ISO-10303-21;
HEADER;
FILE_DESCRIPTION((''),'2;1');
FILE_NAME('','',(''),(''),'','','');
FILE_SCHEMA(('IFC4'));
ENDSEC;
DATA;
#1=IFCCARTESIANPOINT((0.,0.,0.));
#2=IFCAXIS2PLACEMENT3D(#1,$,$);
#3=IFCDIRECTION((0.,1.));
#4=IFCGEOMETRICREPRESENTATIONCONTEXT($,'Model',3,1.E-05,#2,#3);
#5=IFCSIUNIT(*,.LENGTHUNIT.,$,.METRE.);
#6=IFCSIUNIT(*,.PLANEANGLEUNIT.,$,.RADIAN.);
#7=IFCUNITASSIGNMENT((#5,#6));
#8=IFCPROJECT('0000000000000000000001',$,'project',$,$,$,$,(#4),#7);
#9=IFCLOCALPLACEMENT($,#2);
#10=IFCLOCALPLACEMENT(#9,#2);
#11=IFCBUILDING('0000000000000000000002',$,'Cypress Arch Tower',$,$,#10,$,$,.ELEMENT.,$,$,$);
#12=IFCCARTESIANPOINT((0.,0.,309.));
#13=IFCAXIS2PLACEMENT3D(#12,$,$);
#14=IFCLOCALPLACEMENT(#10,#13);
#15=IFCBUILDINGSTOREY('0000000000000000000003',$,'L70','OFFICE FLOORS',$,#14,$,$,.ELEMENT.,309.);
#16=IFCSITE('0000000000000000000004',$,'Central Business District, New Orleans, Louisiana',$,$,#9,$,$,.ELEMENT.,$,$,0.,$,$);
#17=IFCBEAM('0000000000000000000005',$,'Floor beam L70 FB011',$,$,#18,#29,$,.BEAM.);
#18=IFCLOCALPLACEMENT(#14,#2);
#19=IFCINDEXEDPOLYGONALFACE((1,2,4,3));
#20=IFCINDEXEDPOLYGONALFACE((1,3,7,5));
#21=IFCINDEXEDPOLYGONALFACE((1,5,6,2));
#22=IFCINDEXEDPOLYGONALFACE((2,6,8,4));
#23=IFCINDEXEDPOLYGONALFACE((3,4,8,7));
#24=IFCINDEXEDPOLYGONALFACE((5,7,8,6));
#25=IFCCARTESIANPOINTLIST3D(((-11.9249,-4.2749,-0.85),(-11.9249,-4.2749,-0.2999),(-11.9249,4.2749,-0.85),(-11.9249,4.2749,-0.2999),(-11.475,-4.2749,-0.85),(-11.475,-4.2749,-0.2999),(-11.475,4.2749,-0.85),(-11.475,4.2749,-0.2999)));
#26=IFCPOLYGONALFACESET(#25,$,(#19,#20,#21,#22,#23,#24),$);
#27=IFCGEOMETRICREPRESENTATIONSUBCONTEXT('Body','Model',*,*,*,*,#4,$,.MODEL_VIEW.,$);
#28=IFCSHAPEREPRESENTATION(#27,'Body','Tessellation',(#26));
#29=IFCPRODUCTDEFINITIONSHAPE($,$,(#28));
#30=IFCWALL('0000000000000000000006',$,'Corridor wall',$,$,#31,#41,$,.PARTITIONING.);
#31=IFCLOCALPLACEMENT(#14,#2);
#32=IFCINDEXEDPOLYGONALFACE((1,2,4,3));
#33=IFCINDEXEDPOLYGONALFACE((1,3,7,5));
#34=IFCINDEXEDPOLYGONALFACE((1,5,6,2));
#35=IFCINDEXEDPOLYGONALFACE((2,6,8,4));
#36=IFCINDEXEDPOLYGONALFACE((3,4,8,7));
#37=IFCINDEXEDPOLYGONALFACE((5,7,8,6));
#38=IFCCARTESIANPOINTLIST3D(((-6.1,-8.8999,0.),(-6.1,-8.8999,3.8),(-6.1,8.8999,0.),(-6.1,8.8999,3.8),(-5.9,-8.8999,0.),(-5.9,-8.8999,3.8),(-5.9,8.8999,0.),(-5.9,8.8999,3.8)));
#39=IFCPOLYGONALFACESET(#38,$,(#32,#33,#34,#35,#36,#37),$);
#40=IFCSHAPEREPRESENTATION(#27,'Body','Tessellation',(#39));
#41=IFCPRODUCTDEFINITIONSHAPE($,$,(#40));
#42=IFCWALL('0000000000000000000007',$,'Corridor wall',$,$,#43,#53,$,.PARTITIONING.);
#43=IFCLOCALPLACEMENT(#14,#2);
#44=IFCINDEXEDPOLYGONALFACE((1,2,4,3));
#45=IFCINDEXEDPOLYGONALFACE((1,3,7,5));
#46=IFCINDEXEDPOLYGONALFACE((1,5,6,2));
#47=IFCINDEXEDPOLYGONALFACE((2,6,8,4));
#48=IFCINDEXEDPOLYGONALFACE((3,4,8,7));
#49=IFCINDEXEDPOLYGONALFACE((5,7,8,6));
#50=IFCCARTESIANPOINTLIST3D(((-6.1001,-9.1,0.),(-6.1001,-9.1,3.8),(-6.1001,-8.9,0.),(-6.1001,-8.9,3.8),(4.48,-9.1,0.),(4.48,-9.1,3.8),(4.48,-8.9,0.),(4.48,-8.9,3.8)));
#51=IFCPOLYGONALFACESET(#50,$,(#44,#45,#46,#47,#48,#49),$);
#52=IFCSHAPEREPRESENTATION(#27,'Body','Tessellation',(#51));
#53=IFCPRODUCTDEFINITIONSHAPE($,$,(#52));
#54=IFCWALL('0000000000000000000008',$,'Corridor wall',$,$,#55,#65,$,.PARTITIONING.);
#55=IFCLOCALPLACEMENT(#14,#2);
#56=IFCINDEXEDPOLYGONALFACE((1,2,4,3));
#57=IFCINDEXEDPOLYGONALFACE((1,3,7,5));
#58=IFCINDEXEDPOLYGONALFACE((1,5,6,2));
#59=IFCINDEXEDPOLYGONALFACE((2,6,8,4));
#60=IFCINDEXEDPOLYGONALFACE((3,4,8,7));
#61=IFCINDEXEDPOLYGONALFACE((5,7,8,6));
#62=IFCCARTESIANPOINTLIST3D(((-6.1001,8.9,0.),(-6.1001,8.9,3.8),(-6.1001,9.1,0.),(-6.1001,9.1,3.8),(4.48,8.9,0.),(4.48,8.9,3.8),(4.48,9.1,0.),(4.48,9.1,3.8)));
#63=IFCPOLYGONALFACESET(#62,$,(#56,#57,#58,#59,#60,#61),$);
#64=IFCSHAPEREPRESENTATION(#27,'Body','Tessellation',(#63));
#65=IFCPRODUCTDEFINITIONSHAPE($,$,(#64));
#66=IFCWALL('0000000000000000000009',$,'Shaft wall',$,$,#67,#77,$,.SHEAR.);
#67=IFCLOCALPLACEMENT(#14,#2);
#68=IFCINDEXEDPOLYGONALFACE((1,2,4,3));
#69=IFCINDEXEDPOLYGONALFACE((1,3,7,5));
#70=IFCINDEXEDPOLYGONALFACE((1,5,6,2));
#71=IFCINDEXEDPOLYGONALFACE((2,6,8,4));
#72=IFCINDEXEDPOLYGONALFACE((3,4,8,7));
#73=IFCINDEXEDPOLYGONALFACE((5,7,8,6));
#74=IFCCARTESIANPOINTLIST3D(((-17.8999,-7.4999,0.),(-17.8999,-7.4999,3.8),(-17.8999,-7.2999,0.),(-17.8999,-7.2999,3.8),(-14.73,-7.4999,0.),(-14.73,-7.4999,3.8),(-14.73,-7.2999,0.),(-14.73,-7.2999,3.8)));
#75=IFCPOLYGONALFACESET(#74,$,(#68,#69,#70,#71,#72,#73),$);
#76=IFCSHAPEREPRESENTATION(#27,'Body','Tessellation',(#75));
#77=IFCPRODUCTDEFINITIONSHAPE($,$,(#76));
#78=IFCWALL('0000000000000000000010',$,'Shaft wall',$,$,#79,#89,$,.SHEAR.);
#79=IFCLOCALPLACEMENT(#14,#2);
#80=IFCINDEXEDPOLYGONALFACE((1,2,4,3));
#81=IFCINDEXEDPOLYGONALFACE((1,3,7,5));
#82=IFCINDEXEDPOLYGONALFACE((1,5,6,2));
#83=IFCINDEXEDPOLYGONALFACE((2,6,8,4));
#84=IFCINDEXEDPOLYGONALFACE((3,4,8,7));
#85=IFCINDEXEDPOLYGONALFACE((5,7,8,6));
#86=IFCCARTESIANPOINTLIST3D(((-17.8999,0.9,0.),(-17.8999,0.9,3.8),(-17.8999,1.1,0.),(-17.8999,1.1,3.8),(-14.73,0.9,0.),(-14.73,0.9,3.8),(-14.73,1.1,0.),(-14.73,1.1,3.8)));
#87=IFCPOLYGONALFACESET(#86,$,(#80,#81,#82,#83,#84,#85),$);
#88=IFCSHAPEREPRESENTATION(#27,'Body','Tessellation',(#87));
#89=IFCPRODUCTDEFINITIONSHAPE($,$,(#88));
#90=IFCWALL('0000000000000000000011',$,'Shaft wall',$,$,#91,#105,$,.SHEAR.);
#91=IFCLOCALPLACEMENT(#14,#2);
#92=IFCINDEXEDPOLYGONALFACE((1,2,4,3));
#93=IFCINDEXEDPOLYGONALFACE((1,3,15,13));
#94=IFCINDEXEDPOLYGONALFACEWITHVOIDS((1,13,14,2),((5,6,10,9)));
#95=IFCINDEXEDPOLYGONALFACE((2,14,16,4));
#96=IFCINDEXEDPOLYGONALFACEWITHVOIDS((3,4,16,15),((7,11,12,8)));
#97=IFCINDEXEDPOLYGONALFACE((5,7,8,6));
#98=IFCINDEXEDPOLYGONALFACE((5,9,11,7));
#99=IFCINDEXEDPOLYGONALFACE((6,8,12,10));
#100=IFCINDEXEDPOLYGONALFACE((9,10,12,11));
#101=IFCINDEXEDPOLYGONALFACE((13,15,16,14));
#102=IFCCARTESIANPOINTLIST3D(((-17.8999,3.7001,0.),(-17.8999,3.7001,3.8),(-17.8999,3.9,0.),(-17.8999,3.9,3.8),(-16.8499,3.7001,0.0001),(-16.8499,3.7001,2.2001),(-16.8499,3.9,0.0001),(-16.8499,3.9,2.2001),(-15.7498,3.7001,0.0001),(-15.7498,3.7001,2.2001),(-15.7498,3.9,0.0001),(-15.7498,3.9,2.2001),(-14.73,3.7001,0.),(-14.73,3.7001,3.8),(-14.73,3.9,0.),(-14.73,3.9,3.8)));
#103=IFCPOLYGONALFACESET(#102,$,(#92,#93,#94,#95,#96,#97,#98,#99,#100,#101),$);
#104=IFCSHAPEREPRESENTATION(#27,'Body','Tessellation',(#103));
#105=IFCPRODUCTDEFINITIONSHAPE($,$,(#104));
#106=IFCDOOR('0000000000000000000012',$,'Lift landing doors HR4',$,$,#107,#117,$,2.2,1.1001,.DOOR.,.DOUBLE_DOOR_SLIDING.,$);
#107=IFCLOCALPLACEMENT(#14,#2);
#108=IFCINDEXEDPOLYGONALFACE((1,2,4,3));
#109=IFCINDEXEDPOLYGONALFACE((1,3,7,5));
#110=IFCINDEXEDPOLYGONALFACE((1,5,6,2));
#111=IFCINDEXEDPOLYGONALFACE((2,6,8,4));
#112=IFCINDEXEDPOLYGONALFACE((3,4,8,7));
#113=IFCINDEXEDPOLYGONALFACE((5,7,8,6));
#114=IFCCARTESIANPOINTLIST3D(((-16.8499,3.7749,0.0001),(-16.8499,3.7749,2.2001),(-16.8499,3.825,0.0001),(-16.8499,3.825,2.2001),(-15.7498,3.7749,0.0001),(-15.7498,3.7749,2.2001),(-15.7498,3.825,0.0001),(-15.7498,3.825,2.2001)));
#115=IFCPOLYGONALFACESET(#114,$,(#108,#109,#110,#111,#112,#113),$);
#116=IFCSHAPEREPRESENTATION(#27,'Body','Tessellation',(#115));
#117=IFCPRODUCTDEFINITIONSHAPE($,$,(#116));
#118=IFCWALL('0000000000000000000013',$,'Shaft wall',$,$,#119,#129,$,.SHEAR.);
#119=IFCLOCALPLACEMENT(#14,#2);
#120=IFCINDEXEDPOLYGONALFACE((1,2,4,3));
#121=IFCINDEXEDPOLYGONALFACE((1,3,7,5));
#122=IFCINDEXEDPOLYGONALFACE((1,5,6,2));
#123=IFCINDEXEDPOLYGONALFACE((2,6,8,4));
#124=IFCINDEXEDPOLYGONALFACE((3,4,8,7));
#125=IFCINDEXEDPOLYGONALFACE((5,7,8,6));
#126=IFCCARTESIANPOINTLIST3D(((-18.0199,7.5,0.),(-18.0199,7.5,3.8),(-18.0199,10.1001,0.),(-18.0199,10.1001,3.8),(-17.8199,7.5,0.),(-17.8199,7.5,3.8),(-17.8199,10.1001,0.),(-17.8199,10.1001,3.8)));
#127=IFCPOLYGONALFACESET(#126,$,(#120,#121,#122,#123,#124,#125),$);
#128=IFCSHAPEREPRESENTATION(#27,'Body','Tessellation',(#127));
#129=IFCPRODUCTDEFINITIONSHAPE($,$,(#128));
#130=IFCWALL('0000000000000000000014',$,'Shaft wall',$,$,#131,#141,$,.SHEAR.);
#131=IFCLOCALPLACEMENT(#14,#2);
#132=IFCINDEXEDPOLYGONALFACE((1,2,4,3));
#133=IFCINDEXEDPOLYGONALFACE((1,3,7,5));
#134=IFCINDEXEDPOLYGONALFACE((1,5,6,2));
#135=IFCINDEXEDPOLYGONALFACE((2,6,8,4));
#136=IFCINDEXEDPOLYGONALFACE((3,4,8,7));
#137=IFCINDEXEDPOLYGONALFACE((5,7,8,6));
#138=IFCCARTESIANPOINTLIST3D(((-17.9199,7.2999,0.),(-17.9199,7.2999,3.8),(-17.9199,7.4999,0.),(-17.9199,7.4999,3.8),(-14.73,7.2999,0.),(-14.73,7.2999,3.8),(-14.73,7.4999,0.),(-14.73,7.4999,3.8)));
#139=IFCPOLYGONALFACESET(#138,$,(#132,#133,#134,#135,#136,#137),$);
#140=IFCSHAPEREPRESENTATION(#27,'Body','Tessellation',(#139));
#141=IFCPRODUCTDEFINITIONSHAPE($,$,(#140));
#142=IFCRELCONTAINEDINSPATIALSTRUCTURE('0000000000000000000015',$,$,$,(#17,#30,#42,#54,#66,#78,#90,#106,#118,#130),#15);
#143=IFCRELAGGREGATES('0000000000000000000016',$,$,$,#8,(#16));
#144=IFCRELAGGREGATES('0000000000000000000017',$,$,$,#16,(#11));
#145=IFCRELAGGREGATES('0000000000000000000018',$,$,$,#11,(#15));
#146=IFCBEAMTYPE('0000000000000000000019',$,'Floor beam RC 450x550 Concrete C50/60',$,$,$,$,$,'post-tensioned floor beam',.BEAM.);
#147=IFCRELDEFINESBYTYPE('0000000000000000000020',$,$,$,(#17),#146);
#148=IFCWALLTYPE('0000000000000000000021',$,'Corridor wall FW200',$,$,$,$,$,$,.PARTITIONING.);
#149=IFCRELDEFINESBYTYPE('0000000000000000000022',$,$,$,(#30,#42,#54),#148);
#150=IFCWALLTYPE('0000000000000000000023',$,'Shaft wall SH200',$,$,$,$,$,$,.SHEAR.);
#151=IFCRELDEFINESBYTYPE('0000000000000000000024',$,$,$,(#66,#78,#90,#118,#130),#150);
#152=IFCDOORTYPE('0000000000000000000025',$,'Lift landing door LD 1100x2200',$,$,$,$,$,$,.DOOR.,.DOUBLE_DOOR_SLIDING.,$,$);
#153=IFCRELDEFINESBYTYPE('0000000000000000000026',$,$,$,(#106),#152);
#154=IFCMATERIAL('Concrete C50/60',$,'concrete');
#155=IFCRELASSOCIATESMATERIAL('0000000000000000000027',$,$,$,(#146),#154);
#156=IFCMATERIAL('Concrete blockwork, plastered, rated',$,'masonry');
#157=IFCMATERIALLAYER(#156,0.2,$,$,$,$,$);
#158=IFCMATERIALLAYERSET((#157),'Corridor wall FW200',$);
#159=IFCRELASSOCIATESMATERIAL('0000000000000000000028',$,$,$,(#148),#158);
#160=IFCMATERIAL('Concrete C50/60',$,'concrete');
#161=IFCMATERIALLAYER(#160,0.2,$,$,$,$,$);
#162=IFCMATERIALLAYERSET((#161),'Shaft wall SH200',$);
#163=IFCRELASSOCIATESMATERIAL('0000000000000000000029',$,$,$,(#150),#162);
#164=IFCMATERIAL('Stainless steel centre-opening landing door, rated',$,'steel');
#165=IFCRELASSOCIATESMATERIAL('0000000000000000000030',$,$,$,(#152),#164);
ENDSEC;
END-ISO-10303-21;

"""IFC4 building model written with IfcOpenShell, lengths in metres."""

from ifc_helpers import new_model, si_unit, direction, frame, frame_2d, origin, origin_2d, place, context, subcontext, project, spatial, rectangle, extrude, material, layer, layer_set, material_profile, profile_set, type_object, element, fill, save


model = new_model("IFC4")

# Units and contexts
model_context = context("Model", 3, precision=1e-05, world=origin(), true_north=direction((0.0, 1.0)))
body_context = subcontext(model_context, "Body", "Model", "MODEL_VIEW")
ifc_project = project(units=[si_unit("LENGTHUNIT", "METRE"), si_unit("PLANEANGLEUNIT", "RADIAN")], contexts=[model_context])

# Site, building, storey
site_placement = place(None, origin())
site = spatial("IfcSite", under=ifc_project, at=site_placement, Name="Central Business District, New Orleans, Louisiana", CompositionType="ELEMENT", RefElevation=0.0)
building_placement = place(site_placement, origin())
building = spatial("IfcBuilding", under=site, at=building_placement, Name="Cypress Arch Tower", CompositionType="ELEMENT")
storey_placement = place(building_placement, frame((0.0, 0.0, 309.0)))
storey = spatial("IfcBuildingStorey", under=building, at=storey_placement, Name="L70", Description="OFFICE FLOORS", CompositionType="ELEMENT", Elevation=309.0)

# Beam
ifc_material_1 = material(Name="Concrete C50/60", Category="concrete")
ifc_material_profile_1 = material_profile(ifc_material_1, rectangle(XDim=0.45, YDim=0.55, at=origin_2d()), Name="RC 450x550")
ifc_profile_set_1 = profile_set([ifc_material_profile_1], Name="Concrete C50/60")
beam_type = type_object("IfcBeamType", Name="Floor beam RC 450x550 Concrete C50/60", ElementType="post-tensioned floor beam", PredefinedType="BEAM", material=ifc_profile_set_1)
beam_placement = place(storey_placement, frame((-11.7, -4.2749, -0.575), z_axis=(0.0, 1.0, 0.0), x_axis=(-1.0, 0.0, 0.0)))
element("IfcBeam", 1, at=beam_placement, inside=storey, type_object=beam_type, Name="Floor beam L70 FB011", PredefinedType="BEAM", context=body_context, shape_type="SweptSolid", body=[
    extrude(rectangle(XDim=0.45, YDim=0.55, at=origin_2d()), origin(), (0.0, 0.0, 1.0), 8.5498),
])

# Walls
ifc_material_2 = material(Name="Concrete blockwork, plastered, rated", Category="masonry")
ifc_layer_1 = layer(ifc_material_2, 0.2)
ifc_layer_set_1 = layer_set([ifc_layer_1], Name="Corridor wall FW200")
wall_type_1 = type_object("IfcWallType", Name="Corridor wall FW200", PredefinedType="PARTITIONING", material=ifc_layer_set_1)
wall_1_placement = place(storey_placement, frame((-6.0, -8.8999, 0.0), z_axis=(0.0, 0.0, 1.0), x_axis=(0.0, 1.0, 0.0)))
element("IfcWall", 2, at=wall_1_placement, inside=storey, type_object=wall_type_1, Name="Corridor wall", PredefinedType="PARTITIONING", context=body_context, shape_type="SweptSolid", body=[
    extrude(rectangle(XDim=17.7998, YDim=0.2, at=frame_2d((8.8999, 0.0))), origin(), (0.0, 0.0, 1.0), 3.8),
])
for number, where, z_axis, x_axis, name in (
    (3, (-6.1001, -9.0, 0.0), (0.0, 0.0, 1.0), (1.0, 0.0, 0.0), "Corridor wall"),
    (4, (-6.1001, 9.0, 0.0), (0.0, 0.0, 1.0), (1.0, 0.0, 0.0), "Corridor wall"),
):
    element("IfcWall", number, at=place(storey_placement, frame(where, z_axis=z_axis, x_axis=x_axis)), inside=storey, type_object=wall_type_1, Name=name, PredefinedType="PARTITIONING", context=body_context, shape_type="SweptSolid", body=[
        extrude(rectangle(XDim=10.5801, YDim=0.2, at=frame_2d((5.29, 0.0))), origin(), (0.0, 0.0, 1.0), 3.8),
    ])
ifc_material_3 = material(Name="Concrete C50/60", Category="concrete")
ifc_layer_2 = layer(ifc_material_3, 0.2)
ifc_layer_set_2 = layer_set([ifc_layer_2], Name="Shaft wall SH200")
wall_type_2 = type_object("IfcWallType", Name="Shaft wall SH200", PredefinedType="SHEAR", material=ifc_layer_set_2)
for number, where, z_axis, x_axis, name in (
    (5, (-17.8999, -7.3999, 0.0), (0.0, 0.0, 1.0), (1.0, 0.0, 0.0), "Shaft wall"),
    (6, (-17.8999, 1.0, 0.0), (0.0, 0.0, 1.0), (1.0, 0.0, 0.0), "Shaft wall"),
):
    element("IfcWall", number, at=place(storey_placement, frame(where, z_axis=z_axis, x_axis=x_axis)), inside=storey, type_object=wall_type_2, Name=name, PredefinedType="SHEAR", context=body_context, shape_type="SweptSolid", body=[
        extrude(rectangle(XDim=3.1699, YDim=0.2, at=frame_2d((1.585, 0.0))), origin(), (0.0, 0.0, 1.0), 3.8),
    ])

# Wall, opening, door
wall_2_placement = place(storey_placement, frame((-17.8999, 3.8, 0.0), z_axis=(0.0, 0.0, 1.0), x_axis=(1.0, 0.0, 0.0)))
wall_2 = element("IfcWall", 7, at=wall_2_placement, inside=storey, type_object=wall_type_2, Name="Shaft wall", PredefinedType="SHEAR", context=body_context, shape_type="SweptSolid", body=[
    extrude(rectangle(XDim=3.1699, YDim=0.2, at=frame_2d((1.585, 0.0))), origin(), (0.0, 0.0, 1.0), 3.8),
])
opening_placement = place(wall_2_placement, frame((1.05, 0.0, 0.0)))
opening = element("IfcOpeningElement", 8, at=opening_placement, cuts=wall_2, PredefinedType="OPENING", context=body_context, shape_type="SweptSolid", body=[
    extrude(rectangle(XDim=1.1001, YDim=2.2, at=frame_2d((0.55, 1.1001))), frame((0.0, 0.1099, 0.0), z_axis=(0.0, -1.0, 0.0), x_axis=(1.0, 0.0, 0.0)), (0.0, 0.0, 1.0), 0.22),
])
ifc_material_4 = material(Name="Stainless steel centre-opening landing door, rated", Category="steel")
door_type = type_object("IfcDoorType", Name="Lift landing door LD 1100x2200", OperationType="DOUBLE_DOOR_SLIDING", PredefinedType="DOOR", material=ifc_material_4)
door_placement = place(opening_placement, origin())
door = element("IfcDoor", 9, at=door_placement, inside=storey, type_object=door_type, Name="Lift landing doors HR4", OperationType="DOUBLE_DOOR_SLIDING", OverallHeight=2.2, OverallWidth=1.1001, PredefinedType="DOOR", context=body_context, shape_type="SweptSolid", body=[
    extrude(rectangle(XDim=1.1001, YDim=2.2, at=frame_2d((0.55, 1.1001))), frame((0.0, 0.0249, 0.0), z_axis=(0.0, -1.0, 0.0), x_axis=(1.0, 0.0, 0.0)), (0.0, 0.0, 1.0), 0.05),
])
fill(opening, door)

# Walls
wall_3_placement = place(storey_placement, frame((-17.9199, 7.5, 0.0), z_axis=(0.0, 0.0, 1.0), x_axis=(0.0, 1.0, 0.0)))
element("IfcWall", 10, at=wall_3_placement, inside=storey, type_object=wall_type_2, Name="Shaft wall", PredefinedType="SHEAR", context=body_context, shape_type="SweptSolid", body=[
    extrude(rectangle(XDim=2.6001, YDim=0.2, at=frame_2d((1.3, 0.0))), origin(), (0.0, 0.0, 1.0), 3.8),
])
wall_4_placement = place(storey_placement, frame((-17.9199, 7.3999, 0.0), z_axis=(0.0, 0.0, 1.0), x_axis=(1.0, 0.0, 0.0)))
element("IfcWall", 11, at=wall_4_placement, inside=storey, type_object=wall_type_2, Name="Shaft wall", PredefinedType="SHEAR", context=body_context, shape_type="SweptSolid", body=[
    extrude(rectangle(XDim=3.1899, YDim=0.2, at=frame_2d((1.595, 0.0))), origin(), (0.0, 0.0, 1.0), 3.8),
])

save(model, "model.ifc")
